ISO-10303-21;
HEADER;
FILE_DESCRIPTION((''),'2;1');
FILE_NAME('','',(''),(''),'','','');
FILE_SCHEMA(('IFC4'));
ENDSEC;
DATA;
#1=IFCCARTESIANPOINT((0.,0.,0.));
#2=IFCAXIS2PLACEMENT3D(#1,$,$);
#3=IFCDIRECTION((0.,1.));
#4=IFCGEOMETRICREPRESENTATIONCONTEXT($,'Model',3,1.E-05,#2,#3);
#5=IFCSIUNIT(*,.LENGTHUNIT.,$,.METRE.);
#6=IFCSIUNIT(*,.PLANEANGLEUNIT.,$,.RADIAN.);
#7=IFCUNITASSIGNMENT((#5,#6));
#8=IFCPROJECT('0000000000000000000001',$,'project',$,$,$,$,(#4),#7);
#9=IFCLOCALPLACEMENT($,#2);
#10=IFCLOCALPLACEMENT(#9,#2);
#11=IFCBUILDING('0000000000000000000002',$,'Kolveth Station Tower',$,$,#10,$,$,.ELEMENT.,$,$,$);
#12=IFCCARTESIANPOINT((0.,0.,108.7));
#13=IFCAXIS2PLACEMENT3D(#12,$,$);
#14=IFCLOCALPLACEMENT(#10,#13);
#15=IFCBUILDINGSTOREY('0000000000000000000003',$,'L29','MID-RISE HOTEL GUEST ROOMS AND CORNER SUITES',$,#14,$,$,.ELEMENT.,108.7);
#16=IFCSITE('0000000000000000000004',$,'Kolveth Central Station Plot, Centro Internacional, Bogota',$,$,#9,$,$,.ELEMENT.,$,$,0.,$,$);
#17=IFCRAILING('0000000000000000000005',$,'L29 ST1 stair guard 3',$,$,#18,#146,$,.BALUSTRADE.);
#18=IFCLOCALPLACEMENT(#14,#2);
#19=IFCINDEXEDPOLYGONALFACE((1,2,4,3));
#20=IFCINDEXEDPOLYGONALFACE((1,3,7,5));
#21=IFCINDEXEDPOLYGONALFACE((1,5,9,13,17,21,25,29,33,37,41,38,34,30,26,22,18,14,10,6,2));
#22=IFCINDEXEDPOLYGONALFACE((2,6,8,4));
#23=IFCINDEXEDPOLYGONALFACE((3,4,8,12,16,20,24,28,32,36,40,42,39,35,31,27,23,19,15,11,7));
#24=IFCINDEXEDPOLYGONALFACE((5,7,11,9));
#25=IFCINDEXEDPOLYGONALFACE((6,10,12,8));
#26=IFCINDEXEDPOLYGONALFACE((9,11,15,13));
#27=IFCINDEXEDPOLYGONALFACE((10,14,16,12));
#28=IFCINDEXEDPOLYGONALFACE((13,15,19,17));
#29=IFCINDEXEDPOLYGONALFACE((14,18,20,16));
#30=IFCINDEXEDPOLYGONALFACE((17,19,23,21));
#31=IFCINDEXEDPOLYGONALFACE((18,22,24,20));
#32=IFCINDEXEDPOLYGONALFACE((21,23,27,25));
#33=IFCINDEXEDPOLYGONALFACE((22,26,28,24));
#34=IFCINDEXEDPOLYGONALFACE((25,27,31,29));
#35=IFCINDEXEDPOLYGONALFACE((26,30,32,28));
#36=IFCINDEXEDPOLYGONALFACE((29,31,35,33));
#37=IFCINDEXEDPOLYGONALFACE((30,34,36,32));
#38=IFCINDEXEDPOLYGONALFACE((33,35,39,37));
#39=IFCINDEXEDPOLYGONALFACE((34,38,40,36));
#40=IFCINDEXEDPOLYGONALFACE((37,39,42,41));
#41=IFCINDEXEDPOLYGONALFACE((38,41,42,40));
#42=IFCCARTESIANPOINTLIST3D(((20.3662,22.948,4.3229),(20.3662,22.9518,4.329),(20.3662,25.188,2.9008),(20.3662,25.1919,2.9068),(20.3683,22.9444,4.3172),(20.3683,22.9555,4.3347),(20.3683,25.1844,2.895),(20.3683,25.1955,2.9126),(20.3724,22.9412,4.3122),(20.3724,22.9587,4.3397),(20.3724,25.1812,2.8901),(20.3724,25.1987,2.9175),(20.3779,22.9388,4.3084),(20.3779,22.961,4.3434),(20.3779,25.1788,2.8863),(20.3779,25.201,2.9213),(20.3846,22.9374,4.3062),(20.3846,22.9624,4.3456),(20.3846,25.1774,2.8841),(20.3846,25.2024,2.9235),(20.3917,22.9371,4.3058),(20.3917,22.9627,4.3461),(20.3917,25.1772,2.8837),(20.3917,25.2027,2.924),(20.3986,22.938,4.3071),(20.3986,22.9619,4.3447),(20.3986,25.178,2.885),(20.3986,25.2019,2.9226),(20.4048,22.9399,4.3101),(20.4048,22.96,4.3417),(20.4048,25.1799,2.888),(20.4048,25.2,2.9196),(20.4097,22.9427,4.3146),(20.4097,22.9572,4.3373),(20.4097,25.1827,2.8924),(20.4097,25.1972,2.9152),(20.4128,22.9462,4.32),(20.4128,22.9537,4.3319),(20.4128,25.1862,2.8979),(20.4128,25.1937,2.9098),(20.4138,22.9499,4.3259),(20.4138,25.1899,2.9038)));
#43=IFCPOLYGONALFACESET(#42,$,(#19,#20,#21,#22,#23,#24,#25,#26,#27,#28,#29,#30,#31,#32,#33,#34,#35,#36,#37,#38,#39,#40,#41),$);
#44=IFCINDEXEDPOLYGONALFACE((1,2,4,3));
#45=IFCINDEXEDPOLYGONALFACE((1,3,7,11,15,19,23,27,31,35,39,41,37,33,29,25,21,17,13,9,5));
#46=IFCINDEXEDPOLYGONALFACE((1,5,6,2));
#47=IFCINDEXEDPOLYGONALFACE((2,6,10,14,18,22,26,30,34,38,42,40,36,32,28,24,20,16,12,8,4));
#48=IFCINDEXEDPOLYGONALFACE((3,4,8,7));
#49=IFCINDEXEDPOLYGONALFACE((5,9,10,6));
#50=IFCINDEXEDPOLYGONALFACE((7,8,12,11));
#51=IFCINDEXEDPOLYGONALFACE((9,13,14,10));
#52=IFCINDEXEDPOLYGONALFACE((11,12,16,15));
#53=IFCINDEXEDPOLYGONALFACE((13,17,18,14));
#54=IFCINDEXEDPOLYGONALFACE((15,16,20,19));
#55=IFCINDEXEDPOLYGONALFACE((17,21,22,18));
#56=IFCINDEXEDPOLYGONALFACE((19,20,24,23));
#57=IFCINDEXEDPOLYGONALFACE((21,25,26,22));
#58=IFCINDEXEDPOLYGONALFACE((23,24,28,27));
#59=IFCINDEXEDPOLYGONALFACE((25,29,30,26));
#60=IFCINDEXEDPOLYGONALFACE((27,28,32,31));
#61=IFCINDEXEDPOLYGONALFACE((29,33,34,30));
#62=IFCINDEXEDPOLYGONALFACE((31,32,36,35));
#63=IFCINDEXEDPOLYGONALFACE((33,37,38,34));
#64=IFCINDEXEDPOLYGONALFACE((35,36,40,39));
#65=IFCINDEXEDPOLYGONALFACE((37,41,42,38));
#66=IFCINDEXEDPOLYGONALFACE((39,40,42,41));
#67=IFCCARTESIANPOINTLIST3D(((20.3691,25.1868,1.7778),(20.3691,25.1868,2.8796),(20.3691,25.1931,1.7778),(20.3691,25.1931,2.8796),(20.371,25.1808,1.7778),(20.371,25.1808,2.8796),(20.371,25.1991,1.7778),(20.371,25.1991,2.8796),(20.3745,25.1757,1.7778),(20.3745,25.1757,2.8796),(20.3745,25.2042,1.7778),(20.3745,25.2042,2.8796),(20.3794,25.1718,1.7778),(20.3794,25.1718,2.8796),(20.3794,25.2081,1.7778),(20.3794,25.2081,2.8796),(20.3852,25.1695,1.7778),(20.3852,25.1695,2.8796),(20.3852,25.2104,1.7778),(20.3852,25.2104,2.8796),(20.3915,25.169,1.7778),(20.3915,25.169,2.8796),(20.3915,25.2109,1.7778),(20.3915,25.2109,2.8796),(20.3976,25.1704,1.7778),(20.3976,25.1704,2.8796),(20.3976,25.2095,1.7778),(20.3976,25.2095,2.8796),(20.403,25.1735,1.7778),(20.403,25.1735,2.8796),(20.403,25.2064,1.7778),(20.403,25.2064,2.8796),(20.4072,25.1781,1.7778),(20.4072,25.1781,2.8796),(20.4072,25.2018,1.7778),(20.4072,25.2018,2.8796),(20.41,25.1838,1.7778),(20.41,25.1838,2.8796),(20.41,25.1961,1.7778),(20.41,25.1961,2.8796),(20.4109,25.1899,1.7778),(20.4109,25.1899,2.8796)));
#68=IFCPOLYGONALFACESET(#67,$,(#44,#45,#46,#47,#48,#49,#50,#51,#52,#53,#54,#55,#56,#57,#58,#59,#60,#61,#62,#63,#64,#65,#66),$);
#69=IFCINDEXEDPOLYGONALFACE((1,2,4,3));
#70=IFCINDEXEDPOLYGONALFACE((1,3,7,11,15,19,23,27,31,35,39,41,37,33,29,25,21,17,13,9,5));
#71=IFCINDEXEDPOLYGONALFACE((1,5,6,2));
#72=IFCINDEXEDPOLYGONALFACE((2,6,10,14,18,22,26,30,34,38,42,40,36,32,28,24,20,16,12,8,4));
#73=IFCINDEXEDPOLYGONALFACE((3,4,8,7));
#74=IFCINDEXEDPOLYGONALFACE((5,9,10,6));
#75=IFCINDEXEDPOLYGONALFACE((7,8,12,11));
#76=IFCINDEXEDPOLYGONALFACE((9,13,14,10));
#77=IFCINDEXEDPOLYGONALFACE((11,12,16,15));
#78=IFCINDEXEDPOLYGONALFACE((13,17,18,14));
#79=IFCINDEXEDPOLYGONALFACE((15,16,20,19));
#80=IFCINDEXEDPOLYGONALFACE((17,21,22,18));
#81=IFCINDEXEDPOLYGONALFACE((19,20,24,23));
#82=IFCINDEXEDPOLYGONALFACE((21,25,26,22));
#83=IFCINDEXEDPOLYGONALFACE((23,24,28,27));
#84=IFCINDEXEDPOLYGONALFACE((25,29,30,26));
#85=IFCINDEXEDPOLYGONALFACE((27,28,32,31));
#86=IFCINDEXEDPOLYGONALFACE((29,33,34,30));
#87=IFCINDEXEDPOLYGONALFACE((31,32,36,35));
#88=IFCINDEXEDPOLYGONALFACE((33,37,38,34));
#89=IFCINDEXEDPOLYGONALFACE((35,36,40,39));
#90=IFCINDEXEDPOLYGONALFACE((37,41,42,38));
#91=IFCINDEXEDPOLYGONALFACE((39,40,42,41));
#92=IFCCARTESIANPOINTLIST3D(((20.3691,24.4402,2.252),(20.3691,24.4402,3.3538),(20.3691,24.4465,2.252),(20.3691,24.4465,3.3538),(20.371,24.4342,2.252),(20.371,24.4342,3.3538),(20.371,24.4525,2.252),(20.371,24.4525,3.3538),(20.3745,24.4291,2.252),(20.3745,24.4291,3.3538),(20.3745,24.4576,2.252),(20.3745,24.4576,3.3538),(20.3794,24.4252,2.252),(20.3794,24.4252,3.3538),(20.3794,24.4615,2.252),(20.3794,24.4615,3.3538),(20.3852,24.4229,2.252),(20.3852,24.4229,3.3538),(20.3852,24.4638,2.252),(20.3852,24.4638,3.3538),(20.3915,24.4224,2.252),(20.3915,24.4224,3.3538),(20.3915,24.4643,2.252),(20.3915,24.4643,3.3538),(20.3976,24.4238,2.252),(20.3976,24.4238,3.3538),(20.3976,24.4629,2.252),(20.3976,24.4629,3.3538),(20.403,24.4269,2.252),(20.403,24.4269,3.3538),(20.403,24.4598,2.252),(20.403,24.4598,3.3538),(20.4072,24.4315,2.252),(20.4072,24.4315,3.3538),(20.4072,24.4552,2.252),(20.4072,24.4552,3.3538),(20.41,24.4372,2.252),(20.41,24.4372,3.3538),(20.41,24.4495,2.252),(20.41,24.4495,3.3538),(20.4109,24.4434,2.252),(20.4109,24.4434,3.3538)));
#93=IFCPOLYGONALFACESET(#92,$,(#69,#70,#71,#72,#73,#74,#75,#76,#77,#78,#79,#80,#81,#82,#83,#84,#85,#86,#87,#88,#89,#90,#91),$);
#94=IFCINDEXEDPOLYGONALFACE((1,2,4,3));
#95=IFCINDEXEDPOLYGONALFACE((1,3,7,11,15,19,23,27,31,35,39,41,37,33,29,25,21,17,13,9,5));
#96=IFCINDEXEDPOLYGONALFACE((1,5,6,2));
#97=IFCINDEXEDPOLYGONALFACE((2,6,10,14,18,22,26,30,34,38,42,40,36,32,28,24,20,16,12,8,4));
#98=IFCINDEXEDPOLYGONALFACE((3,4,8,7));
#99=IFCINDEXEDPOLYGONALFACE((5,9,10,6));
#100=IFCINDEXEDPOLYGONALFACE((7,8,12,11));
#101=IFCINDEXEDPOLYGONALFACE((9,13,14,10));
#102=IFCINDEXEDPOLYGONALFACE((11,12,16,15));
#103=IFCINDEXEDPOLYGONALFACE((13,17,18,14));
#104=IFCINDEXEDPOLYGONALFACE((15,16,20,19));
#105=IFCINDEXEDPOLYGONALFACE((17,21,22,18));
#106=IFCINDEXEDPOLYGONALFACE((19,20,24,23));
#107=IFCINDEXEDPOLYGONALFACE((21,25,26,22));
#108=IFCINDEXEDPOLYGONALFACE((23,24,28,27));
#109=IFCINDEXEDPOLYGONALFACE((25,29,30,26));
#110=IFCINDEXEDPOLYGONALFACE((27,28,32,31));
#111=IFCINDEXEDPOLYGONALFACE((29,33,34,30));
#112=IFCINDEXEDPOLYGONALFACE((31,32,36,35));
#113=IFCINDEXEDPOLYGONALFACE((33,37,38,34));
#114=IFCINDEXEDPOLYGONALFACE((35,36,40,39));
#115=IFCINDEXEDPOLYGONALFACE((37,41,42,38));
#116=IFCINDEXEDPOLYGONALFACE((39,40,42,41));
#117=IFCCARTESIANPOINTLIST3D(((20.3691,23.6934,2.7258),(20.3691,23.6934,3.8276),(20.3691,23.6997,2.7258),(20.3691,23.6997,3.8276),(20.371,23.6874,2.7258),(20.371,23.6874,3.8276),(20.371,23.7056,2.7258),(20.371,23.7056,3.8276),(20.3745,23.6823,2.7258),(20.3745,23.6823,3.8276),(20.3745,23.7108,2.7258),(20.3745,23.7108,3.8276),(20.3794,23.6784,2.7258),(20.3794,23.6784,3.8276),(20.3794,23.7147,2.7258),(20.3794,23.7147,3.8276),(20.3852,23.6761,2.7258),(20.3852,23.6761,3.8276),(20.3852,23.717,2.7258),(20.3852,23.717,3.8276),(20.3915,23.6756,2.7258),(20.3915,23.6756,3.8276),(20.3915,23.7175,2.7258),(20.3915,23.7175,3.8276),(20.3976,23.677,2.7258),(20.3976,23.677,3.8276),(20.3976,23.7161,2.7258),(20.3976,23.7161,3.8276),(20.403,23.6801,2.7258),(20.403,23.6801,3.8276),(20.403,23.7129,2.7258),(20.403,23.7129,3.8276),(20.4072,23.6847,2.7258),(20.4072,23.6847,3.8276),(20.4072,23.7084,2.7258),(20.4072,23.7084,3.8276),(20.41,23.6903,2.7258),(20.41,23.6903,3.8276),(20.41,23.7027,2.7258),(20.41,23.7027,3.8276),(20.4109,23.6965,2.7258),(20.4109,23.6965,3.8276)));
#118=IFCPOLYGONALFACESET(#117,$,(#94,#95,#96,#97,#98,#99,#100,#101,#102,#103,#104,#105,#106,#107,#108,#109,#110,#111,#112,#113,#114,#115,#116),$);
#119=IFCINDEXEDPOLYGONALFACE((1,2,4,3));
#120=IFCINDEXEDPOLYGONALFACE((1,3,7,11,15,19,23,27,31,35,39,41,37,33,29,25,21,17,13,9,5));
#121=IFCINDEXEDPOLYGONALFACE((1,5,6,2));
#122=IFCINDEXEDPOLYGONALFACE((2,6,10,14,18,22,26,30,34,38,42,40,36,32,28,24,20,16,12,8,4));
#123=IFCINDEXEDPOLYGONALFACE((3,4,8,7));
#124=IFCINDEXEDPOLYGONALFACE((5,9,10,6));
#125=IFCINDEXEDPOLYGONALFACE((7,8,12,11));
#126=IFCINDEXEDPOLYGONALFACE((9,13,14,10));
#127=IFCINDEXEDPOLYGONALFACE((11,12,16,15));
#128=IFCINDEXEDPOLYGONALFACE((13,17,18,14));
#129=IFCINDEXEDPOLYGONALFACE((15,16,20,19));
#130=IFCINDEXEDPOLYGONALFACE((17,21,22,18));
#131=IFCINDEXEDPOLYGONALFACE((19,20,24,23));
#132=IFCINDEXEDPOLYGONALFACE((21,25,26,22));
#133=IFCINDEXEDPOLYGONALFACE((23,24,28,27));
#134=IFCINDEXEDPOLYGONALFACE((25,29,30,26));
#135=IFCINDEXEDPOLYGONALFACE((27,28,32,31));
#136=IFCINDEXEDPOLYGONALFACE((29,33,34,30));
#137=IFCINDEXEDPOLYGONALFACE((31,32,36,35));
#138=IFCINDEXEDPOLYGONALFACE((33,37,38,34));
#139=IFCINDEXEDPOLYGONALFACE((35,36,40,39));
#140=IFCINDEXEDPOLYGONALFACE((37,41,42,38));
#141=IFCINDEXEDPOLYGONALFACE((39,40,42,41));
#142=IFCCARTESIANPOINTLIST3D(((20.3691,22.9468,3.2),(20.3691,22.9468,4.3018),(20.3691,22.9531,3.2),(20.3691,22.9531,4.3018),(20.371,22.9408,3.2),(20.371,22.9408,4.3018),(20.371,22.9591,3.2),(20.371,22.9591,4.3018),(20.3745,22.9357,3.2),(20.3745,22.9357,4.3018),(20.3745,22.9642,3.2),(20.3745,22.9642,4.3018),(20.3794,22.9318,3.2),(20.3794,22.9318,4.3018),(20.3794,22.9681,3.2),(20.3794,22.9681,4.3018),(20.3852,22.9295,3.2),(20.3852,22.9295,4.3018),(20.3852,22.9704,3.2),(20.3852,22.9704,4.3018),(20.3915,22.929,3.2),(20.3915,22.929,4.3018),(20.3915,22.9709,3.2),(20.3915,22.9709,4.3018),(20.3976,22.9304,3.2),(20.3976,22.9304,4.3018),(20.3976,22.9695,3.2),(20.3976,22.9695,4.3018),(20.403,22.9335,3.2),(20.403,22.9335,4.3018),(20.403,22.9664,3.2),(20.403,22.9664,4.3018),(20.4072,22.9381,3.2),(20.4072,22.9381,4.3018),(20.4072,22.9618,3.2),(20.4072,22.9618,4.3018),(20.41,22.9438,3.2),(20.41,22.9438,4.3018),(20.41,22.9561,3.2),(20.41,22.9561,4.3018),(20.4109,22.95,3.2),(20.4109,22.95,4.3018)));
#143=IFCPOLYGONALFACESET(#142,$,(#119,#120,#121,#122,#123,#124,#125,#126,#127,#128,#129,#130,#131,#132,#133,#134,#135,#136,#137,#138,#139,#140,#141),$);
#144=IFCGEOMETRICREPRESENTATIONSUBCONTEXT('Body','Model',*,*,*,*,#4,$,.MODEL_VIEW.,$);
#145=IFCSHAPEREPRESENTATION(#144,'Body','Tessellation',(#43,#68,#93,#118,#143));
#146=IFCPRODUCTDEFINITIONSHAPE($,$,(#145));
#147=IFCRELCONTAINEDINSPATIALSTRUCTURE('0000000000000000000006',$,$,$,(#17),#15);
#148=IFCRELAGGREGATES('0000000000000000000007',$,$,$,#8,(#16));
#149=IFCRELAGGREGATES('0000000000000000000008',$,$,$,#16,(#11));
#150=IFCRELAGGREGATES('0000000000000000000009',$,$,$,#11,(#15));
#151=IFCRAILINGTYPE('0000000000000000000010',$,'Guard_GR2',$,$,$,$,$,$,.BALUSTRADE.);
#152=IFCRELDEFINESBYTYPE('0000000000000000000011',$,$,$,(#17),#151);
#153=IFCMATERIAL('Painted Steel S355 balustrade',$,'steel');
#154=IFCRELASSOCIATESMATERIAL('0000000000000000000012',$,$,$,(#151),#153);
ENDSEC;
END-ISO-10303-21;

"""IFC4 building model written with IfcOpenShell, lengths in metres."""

from ifc_helpers import new_model, si_unit, direction, frame, origin, origin_2d, place, context, subcontext, project, spatial, circle, extrude, material, type_object, element, save


model = new_model("IFC4")

# Units and contexts
model_context = context("Model", 3, precision=1e-05, world=origin(), true_north=direction((0.0, 1.0)))
body_context = subcontext(model_context, "Body", "Model", "MODEL_VIEW")
ifc_project = project(units=[si_unit("LENGTHUNIT", "METRE"), si_unit("PLANEANGLEUNIT", "RADIAN")], contexts=[model_context])

# Site, building, storey
site_placement = place(None, origin())
site = spatial("IfcSite", under=ifc_project, at=site_placement, Name="Kolveth Central Station Plot, Centro Internacional, Bogota", CompositionType="ELEMENT", RefElevation=0.0)
building_placement = place(site_placement, origin())
building = spatial("IfcBuilding", under=site, at=building_placement, Name="Kolveth Station Tower", CompositionType="ELEMENT")
storey_placement = place(building_placement, frame((0.0, 0.0, 108.7)))
storey = spatial("IfcBuildingStorey", under=building, at=storey_placement, Name="L29", Description="MID-RISE HOTEL GUEST ROOMS AND CORNER SUITES", CompositionType="ELEMENT", Elevation=108.7)

# Railing
ifc_material_1 = material(Name="Painted Steel S355 balustrade", Category="steel")
railing_type_1 = type_object("IfcRailingType", Name="Guard_GR2", PredefinedType="BALUSTRADE", material=ifc_material_1)
railing_1_placement = place(storey_placement, frame((20.3899, 25.1899, 1.7778)))
element("IfcRailing", 1, at=railing_1_placement, inside=storey, type_object=railing_type_1, Name="L29 ST1 stair guard 3", PredefinedType="BALUSTRADE", context=body_context, shape_type="SweptSolid", body=[
    extrude(circle(Radius=0.0239, at=origin_2d()), frame((0.0, 0.0, 1.126), z_axis=(0.0, -0.844229, 0.535982), x_axis=(1.0, 0.0, 0.0)), (0.0, 0.0, 1.0), 2.6533),
    extrude(circle(Radius=0.021, at=origin_2d()), origin(), (0.0, 0.0, 1.0), 1.1018),
    extrude(circle(Radius=0.021, at=origin_2d()), frame((0.0, -0.7466, 0.4741)), (0.0, 0.0, 1.0), 1.1018),
    extrude(circle(Radius=0.021, at=origin_2d()), frame((0.0, -1.4934, 0.948)), (0.0, 0.0, 1.0), 1.1018),
    extrude(circle(Radius=0.021, at=origin_2d()), frame((0.0, -2.24, 1.4221)), (0.0, 0.0, 1.0), 1.1018),
])

save(model, "model.ifc")
